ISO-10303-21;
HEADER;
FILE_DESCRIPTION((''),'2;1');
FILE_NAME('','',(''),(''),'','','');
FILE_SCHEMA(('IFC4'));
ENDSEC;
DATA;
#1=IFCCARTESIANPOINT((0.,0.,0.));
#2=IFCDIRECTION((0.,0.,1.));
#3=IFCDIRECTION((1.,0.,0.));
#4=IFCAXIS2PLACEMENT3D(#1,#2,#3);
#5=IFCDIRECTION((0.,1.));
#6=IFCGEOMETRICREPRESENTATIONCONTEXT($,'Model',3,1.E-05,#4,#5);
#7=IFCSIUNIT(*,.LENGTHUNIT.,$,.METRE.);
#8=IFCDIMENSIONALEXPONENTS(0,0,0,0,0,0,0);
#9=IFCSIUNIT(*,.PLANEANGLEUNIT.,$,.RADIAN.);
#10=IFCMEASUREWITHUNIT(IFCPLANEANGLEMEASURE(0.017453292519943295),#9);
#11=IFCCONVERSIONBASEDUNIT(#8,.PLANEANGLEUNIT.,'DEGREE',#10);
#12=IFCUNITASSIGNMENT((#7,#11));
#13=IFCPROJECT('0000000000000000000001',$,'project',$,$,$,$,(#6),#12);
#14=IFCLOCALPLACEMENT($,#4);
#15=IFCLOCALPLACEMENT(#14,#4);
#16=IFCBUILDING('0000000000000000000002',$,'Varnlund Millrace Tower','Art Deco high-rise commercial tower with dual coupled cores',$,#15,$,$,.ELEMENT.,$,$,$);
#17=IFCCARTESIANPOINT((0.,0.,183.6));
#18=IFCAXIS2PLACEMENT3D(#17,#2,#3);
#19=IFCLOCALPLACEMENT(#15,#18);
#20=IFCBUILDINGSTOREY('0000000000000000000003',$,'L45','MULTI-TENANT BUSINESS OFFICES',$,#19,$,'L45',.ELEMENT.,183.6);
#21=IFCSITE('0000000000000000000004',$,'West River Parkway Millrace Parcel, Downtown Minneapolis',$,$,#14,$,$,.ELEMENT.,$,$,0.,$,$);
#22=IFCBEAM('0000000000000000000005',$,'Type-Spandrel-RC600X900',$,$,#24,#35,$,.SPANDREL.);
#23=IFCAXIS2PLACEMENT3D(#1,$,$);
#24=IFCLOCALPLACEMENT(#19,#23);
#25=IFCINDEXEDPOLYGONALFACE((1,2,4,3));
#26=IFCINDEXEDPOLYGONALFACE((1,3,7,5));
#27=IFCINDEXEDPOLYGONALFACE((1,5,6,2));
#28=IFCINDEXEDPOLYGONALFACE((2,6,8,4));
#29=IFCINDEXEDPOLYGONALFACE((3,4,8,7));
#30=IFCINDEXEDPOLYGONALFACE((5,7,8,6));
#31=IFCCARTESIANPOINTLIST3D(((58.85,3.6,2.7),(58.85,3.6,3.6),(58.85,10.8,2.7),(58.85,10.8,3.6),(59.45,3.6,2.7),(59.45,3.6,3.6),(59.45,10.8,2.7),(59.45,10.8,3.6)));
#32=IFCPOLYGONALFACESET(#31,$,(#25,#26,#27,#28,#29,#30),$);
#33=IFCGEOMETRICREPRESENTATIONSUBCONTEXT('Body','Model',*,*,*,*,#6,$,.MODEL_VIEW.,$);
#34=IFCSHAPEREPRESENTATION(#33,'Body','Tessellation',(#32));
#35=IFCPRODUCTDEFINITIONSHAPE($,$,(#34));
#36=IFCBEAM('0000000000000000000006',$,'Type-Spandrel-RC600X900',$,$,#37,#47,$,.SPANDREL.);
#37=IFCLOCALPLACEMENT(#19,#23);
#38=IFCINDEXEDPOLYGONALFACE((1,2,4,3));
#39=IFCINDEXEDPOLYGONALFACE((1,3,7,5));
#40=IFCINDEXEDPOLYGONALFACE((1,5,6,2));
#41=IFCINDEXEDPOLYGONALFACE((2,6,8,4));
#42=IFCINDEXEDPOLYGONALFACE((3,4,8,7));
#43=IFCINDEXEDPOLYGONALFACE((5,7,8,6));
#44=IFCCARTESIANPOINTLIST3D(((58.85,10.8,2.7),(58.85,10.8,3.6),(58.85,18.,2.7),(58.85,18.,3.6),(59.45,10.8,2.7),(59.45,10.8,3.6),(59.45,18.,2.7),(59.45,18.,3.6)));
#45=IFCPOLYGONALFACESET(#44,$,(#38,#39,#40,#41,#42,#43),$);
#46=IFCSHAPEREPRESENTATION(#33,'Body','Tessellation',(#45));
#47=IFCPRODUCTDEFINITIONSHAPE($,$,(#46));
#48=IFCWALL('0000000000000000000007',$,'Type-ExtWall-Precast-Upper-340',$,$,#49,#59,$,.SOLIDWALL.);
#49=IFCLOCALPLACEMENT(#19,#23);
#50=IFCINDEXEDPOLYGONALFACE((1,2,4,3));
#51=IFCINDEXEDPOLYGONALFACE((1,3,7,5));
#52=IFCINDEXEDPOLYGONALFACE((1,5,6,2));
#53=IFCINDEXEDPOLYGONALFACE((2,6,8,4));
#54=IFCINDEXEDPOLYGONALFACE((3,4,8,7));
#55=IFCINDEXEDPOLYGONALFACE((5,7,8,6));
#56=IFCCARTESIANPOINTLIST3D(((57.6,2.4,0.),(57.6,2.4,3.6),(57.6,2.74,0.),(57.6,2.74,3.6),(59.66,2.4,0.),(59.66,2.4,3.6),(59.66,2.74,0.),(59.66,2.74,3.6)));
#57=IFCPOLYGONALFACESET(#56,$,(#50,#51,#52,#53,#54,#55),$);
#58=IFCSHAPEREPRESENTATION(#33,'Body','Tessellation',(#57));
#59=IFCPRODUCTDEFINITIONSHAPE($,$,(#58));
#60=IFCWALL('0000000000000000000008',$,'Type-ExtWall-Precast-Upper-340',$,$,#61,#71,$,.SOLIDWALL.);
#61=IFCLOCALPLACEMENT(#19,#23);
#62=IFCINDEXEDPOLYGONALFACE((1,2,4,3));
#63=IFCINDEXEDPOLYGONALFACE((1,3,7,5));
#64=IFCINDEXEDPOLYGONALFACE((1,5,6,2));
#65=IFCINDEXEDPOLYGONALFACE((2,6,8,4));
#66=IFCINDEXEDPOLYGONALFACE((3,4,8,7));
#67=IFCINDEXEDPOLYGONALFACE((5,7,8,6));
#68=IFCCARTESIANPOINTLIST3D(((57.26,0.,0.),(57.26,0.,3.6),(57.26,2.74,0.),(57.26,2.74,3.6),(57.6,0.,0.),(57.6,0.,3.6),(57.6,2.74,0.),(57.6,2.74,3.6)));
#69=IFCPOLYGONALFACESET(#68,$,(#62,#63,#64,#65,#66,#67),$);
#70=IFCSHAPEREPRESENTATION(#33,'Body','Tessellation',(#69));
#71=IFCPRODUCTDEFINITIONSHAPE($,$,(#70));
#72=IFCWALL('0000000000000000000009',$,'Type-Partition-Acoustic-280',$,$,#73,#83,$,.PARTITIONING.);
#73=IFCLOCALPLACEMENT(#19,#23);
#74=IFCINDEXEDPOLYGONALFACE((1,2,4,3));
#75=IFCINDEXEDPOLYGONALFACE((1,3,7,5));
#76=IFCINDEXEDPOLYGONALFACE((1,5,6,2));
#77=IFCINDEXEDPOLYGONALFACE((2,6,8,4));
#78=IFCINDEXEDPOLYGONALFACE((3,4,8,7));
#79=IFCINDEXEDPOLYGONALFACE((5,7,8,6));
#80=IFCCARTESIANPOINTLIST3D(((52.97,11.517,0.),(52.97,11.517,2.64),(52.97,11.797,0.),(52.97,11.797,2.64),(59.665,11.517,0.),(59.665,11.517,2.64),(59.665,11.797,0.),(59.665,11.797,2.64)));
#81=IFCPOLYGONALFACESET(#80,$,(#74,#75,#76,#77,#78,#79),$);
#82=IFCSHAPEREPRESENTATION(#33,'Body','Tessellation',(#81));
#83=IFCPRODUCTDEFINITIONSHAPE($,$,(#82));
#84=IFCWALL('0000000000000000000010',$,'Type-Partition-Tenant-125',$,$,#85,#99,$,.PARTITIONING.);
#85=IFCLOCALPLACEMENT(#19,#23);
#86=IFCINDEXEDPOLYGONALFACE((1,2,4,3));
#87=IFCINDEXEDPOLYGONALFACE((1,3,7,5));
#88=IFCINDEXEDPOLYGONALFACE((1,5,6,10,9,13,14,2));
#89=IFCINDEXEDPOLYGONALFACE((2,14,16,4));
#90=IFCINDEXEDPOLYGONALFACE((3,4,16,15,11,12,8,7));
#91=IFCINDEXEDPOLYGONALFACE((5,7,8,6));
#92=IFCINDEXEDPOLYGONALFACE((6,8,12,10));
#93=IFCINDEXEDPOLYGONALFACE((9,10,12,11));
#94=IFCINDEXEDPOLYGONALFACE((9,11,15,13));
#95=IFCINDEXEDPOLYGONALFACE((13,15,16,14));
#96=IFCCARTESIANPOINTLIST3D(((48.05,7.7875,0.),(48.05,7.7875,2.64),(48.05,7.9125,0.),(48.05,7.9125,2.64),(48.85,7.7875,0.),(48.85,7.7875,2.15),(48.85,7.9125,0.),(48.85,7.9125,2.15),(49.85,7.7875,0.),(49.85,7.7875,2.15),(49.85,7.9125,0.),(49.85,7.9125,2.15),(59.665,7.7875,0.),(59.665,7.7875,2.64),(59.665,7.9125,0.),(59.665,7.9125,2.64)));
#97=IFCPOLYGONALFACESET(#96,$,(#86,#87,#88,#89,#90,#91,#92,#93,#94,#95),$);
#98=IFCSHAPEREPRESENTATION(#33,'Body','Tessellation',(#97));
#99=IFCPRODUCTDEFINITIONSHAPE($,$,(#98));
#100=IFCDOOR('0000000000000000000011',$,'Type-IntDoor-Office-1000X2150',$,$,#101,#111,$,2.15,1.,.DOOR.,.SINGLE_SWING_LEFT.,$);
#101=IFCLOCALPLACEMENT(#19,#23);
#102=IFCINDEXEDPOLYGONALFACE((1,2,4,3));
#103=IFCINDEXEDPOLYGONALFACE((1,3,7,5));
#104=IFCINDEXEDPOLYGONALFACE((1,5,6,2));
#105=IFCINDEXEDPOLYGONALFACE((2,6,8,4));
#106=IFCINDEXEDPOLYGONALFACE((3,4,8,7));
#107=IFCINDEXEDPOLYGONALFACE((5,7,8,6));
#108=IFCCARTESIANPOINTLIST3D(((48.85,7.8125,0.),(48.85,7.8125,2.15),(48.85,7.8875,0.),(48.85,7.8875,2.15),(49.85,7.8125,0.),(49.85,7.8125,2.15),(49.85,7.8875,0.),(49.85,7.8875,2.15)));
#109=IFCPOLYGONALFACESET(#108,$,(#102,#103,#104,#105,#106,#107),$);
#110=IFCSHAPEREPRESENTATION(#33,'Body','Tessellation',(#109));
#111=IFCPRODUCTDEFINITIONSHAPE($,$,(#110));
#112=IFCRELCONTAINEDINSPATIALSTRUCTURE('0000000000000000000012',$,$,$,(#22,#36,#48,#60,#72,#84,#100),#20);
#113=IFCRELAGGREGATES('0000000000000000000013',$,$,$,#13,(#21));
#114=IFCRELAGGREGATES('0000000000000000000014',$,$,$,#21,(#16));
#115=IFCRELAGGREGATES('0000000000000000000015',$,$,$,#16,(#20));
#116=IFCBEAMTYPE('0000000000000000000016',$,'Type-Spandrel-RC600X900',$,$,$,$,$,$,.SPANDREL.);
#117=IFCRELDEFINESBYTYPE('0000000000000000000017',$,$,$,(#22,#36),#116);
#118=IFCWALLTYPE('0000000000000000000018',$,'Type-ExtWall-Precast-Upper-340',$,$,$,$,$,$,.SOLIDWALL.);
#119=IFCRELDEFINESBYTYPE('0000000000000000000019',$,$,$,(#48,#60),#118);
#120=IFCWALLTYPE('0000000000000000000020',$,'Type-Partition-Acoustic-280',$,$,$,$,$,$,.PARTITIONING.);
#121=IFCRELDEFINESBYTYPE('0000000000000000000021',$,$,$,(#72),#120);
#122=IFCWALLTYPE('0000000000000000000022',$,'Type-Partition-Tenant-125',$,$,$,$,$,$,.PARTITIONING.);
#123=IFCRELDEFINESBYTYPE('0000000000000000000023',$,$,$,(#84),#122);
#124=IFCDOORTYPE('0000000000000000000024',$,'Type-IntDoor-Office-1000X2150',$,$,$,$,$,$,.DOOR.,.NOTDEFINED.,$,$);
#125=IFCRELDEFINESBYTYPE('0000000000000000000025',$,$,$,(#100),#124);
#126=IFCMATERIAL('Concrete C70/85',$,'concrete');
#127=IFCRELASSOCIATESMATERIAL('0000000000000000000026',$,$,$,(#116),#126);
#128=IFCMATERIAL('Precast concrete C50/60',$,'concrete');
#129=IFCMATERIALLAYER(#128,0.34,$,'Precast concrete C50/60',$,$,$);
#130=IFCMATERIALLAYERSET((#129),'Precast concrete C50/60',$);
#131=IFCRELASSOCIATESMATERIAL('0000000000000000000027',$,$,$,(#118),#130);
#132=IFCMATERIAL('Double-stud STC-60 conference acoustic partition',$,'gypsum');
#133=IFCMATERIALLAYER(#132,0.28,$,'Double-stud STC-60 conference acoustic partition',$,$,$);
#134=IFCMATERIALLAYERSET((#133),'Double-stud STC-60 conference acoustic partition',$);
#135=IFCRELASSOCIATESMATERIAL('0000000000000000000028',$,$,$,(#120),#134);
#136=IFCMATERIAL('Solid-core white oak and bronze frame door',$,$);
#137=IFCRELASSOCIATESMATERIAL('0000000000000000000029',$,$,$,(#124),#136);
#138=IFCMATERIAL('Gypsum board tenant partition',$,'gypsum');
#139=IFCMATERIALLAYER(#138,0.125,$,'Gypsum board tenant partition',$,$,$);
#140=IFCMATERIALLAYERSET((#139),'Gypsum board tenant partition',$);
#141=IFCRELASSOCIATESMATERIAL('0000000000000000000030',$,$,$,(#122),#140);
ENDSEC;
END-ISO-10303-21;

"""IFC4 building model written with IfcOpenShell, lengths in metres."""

from ifc_helpers import new_model, entity, si_unit, converted_unit, direction, frame, origin_with_axes, origin_2d_with_axis, place, context, subcontext, project, spatial, polyline, rectangle, outline, extrude, material, layer, layer_set, material_profile, profile_set, type_object, element, fill, save


model = new_model("IFC4")

# Units and contexts
model_context = context("Model", 3, precision=1e-05, world=origin_with_axes(), true_north=direction((0.0, 1.0)))
body_context = subcontext(model_context, "Body", "Model", "MODEL_VIEW")
ifc_project = project(units=[si_unit("LENGTHUNIT", "METRE"), converted_unit("PLANEANGLEUNIT", "DEGREE", entity("IfcPlaneAngleMeasure", 0.017453292519943295), si_unit("PLANEANGLEUNIT", "RADIAN"), dimensions=[0, 0, 0, 0, 0, 0, 0])], contexts=[model_context])

# Site, building, storey
site_placement = place(None, origin_with_axes())
site = spatial("IfcSite", under=ifc_project, at=site_placement, Name="West River Parkway Millrace Parcel, Downtown Minneapolis", CompositionType="ELEMENT", RefElevation=0.0)
building_placement = place(site_placement, origin_with_axes())
building = spatial("IfcBuilding", under=site, at=building_placement, Name="Varnlund Millrace Tower", Description="Art Deco high-rise commercial tower with dual coupled cores", CompositionType="ELEMENT")
storey_placement = place(building_placement, frame((0.0, 0.0, 183.6), z_axis=(0.0, 0.0, 1.0), x_axis=(1.0, 0.0, 0.0)))
storey = spatial("IfcBuildingStorey", under=building, at=storey_placement, Name="L45", Description="MULTI-TENANT BUSINESS OFFICES", LongName="L45", CompositionType="ELEMENT", Elevation=183.6)

# Beams
ifc_material_1 = material(Name="Concrete C70/85", Category="concrete")
ifc_material_profile = material_profile(ifc_material_1, rectangle(XDim=0.6, YDim=0.9, at=origin_2d_with_axis()), Name="Concrete C70/85")
ifc_profile_set = profile_set([ifc_material_profile], Name="Concrete C70/85")
beam_type = type_object("IfcBeamType", Name="Type-Spandrel-RC600X900", PredefinedType="SPANDREL", material=ifc_profile_set)
for number, where, z_axis, x_axis, name in (
    (1, (59.15, 3.6, 3.15), (0.0, 1.0, 0.0), (-1.0, 0.0, 0.0), "Type-Spandrel-RC600X900"),
    (2, (59.15, 10.8, 3.15), (0.0, 1.0, 0.0), (-1.0, 0.0, 0.0), "Type-Spandrel-RC600X900"),
):
    element("IfcBeam", number, at=place(storey_placement, frame(where, z_axis=z_axis, x_axis=x_axis)), inside=storey, type_object=beam_type, Name=name, PredefinedType="SPANDREL", context=body_context, shape_type="SweptSolid", body=[
        extrude(rectangle(XDim=0.6, YDim=0.9, at=origin_2d_with_axis()), origin_with_axes(), (0.0, 0.0, 1.0), 7.2),
    ])

# Walls
ifc_material_2 = material(Name="Precast concrete C50/60", Category="concrete")
ifc_layer_1 = layer(ifc_material_2, 0.34, Name="Precast concrete C50/60")
ifc_layer_set_1 = layer_set([ifc_layer_1], Name="Precast concrete C50/60")
wall_type_1 = type_object("IfcWallType", Name="Type-ExtWall-Precast-Upper-340", PredefinedType="SOLIDWALL", material=ifc_layer_set_1)
wall_1_placement = place(storey_placement, frame((59.66, 2.57, 0.0), z_axis=(0.0, 0.0, 1.0), x_axis=(-1.0, 0.0, 0.0)))
element("IfcWall", 3, at=wall_1_placement, inside=storey, type_object=wall_type_1, Name="Type-ExtWall-Precast-Upper-340", PredefinedType="SOLIDWALL", context=body_context, shape_type="SweptSolid", body=[
    extrude(outline(polyline([(0.0, -0.17), (2.06, -0.17), (2.06, 0.17), (0.0, 0.17), (0.0, -0.17)])), origin_with_axes(), (0.0, 0.0, 1.0), 3.6),
])
wall_2_placement = place(storey_placement, frame((57.43, 2.74, 0.0), z_axis=(0.0, 0.0, 1.0), x_axis=(0.0, -1.0, 0.0)))
element("IfcWall", 4, at=wall_2_placement, inside=storey, type_object=wall_type_1, Name="Type-ExtWall-Precast-Upper-340", PredefinedType="SOLIDWALL", context=body_context, shape_type="SweptSolid", body=[
    extrude(outline(polyline([(0.0, -0.17), (2.74, -0.17), (2.74, 0.17), (0.0, 0.17), (0.0, -0.17)])), origin_with_axes(), (0.0, 0.0, 1.0), 3.6),
])

# Wall
ifc_material_3 = material(Name="Double-stud STC-60 conference acoustic partition", Category="gypsum")
ifc_layer_2 = layer(ifc_material_3, 0.28, Name="Double-stud STC-60 conference acoustic partition")
ifc_layer_set_2 = layer_set([ifc_layer_2], Name="Double-stud STC-60 conference acoustic partition")
wall_type_2 = type_object("IfcWallType", Name="Type-Partition-Acoustic-280", PredefinedType="PARTITIONING", material=ifc_layer_set_2)
wall_3_placement = place(storey_placement, frame((52.97, 11.657, 0.0), z_axis=(0.0, 0.0, 1.0), x_axis=(1.0, 0.0, 0.0)))
element("IfcWall", 5, at=wall_3_placement, inside=storey, type_object=wall_type_2, Name="Type-Partition-Acoustic-280", PredefinedType="PARTITIONING", context=body_context, shape_type="SweptSolid", body=[
    extrude(outline(polyline([(0.0, -0.14), (6.695, -0.14), (6.695, 0.14), (0.0, 0.14), (0.0, -0.14)])), origin_with_axes(), (0.0, 0.0, 1.0), 2.64),
])

# Shared definitions
ifc_material_4 = material(Name="Solid-core white oak and bronze frame door")
door_type_1 = type_object("IfcDoorType", Name="Type-IntDoor-Office-1000X2150", OperationType="NOTDEFINED", PredefinedType="DOOR", material=ifc_material_4)

# Wall, opening, door
ifc_material_5 = material(Name="Gypsum board tenant partition", Category="gypsum")
ifc_layer_3 = layer(ifc_material_5, 0.125, Name="Gypsum board tenant partition")
ifc_layer_set_3 = layer_set([ifc_layer_3], Name="Gypsum board tenant partition")
wall_type_3 = type_object("IfcWallType", Name="Type-Partition-Tenant-125", PredefinedType="PARTITIONING", material=ifc_layer_set_3)
wall_4_placement = place(storey_placement, frame((59.665, 7.85, 0.0), z_axis=(0.0, 0.0, 1.0), x_axis=(-1.0, 0.0, 0.0)))
wall_4 = element("IfcWall", 6, at=wall_4_placement, inside=storey, type_object=wall_type_3, Name="Type-Partition-Tenant-125", PredefinedType="PARTITIONING", context=body_context, shape_type="SweptSolid", body=[
    extrude(outline(polyline([(0.0, -0.0625), (11.615, -0.0625), (11.615, 0.0625), (0.0, 0.0625), (0.0, -0.0625)])), origin_with_axes(), (0.0, 0.0, 1.0), 2.64),
])
opening_1_placement = place(wall_4_placement, frame((10.315, 0.0, 0.0), z_axis=(0.0, 0.0, 1.0), x_axis=(1.0, 0.0, 0.0)))
opening_1 = element("IfcOpeningElement", 7, at=opening_1_placement, cuts=wall_4, PredefinedType="OPENING", context=body_context, shape_type="SweptSolid", body=[
    extrude(rectangle(XDim=1.0, YDim=0.145, at=origin_2d_with_axis()), origin_with_axes(), (0.0, 0.0, 1.0), 2.15),
])
door_1_placement = place(wall_4_placement, frame((10.315, 0.0, 0.0), z_axis=(0.0, 0.0, 1.0), x_axis=(1.0, 0.0, 0.0)))
door_1 = element("IfcDoor", 8, at=door_1_placement, inside=storey, type_object=door_type_1, Name="Type-IntDoor-Office-1000X2150", OperationType="SINGLE_SWING_LEFT", OverallHeight=2.15, OverallWidth=1.0, PredefinedType="DOOR", context=body_context, shape_type="SweptSolid", body=[
    extrude(rectangle(XDim=1.0, YDim=0.075, at=origin_2d_with_axis()), origin_with_axes(), (0.0, 0.0, 1.0), 2.15),
])
fill(opening_1, door_1)

save(model, "model.ifc")
